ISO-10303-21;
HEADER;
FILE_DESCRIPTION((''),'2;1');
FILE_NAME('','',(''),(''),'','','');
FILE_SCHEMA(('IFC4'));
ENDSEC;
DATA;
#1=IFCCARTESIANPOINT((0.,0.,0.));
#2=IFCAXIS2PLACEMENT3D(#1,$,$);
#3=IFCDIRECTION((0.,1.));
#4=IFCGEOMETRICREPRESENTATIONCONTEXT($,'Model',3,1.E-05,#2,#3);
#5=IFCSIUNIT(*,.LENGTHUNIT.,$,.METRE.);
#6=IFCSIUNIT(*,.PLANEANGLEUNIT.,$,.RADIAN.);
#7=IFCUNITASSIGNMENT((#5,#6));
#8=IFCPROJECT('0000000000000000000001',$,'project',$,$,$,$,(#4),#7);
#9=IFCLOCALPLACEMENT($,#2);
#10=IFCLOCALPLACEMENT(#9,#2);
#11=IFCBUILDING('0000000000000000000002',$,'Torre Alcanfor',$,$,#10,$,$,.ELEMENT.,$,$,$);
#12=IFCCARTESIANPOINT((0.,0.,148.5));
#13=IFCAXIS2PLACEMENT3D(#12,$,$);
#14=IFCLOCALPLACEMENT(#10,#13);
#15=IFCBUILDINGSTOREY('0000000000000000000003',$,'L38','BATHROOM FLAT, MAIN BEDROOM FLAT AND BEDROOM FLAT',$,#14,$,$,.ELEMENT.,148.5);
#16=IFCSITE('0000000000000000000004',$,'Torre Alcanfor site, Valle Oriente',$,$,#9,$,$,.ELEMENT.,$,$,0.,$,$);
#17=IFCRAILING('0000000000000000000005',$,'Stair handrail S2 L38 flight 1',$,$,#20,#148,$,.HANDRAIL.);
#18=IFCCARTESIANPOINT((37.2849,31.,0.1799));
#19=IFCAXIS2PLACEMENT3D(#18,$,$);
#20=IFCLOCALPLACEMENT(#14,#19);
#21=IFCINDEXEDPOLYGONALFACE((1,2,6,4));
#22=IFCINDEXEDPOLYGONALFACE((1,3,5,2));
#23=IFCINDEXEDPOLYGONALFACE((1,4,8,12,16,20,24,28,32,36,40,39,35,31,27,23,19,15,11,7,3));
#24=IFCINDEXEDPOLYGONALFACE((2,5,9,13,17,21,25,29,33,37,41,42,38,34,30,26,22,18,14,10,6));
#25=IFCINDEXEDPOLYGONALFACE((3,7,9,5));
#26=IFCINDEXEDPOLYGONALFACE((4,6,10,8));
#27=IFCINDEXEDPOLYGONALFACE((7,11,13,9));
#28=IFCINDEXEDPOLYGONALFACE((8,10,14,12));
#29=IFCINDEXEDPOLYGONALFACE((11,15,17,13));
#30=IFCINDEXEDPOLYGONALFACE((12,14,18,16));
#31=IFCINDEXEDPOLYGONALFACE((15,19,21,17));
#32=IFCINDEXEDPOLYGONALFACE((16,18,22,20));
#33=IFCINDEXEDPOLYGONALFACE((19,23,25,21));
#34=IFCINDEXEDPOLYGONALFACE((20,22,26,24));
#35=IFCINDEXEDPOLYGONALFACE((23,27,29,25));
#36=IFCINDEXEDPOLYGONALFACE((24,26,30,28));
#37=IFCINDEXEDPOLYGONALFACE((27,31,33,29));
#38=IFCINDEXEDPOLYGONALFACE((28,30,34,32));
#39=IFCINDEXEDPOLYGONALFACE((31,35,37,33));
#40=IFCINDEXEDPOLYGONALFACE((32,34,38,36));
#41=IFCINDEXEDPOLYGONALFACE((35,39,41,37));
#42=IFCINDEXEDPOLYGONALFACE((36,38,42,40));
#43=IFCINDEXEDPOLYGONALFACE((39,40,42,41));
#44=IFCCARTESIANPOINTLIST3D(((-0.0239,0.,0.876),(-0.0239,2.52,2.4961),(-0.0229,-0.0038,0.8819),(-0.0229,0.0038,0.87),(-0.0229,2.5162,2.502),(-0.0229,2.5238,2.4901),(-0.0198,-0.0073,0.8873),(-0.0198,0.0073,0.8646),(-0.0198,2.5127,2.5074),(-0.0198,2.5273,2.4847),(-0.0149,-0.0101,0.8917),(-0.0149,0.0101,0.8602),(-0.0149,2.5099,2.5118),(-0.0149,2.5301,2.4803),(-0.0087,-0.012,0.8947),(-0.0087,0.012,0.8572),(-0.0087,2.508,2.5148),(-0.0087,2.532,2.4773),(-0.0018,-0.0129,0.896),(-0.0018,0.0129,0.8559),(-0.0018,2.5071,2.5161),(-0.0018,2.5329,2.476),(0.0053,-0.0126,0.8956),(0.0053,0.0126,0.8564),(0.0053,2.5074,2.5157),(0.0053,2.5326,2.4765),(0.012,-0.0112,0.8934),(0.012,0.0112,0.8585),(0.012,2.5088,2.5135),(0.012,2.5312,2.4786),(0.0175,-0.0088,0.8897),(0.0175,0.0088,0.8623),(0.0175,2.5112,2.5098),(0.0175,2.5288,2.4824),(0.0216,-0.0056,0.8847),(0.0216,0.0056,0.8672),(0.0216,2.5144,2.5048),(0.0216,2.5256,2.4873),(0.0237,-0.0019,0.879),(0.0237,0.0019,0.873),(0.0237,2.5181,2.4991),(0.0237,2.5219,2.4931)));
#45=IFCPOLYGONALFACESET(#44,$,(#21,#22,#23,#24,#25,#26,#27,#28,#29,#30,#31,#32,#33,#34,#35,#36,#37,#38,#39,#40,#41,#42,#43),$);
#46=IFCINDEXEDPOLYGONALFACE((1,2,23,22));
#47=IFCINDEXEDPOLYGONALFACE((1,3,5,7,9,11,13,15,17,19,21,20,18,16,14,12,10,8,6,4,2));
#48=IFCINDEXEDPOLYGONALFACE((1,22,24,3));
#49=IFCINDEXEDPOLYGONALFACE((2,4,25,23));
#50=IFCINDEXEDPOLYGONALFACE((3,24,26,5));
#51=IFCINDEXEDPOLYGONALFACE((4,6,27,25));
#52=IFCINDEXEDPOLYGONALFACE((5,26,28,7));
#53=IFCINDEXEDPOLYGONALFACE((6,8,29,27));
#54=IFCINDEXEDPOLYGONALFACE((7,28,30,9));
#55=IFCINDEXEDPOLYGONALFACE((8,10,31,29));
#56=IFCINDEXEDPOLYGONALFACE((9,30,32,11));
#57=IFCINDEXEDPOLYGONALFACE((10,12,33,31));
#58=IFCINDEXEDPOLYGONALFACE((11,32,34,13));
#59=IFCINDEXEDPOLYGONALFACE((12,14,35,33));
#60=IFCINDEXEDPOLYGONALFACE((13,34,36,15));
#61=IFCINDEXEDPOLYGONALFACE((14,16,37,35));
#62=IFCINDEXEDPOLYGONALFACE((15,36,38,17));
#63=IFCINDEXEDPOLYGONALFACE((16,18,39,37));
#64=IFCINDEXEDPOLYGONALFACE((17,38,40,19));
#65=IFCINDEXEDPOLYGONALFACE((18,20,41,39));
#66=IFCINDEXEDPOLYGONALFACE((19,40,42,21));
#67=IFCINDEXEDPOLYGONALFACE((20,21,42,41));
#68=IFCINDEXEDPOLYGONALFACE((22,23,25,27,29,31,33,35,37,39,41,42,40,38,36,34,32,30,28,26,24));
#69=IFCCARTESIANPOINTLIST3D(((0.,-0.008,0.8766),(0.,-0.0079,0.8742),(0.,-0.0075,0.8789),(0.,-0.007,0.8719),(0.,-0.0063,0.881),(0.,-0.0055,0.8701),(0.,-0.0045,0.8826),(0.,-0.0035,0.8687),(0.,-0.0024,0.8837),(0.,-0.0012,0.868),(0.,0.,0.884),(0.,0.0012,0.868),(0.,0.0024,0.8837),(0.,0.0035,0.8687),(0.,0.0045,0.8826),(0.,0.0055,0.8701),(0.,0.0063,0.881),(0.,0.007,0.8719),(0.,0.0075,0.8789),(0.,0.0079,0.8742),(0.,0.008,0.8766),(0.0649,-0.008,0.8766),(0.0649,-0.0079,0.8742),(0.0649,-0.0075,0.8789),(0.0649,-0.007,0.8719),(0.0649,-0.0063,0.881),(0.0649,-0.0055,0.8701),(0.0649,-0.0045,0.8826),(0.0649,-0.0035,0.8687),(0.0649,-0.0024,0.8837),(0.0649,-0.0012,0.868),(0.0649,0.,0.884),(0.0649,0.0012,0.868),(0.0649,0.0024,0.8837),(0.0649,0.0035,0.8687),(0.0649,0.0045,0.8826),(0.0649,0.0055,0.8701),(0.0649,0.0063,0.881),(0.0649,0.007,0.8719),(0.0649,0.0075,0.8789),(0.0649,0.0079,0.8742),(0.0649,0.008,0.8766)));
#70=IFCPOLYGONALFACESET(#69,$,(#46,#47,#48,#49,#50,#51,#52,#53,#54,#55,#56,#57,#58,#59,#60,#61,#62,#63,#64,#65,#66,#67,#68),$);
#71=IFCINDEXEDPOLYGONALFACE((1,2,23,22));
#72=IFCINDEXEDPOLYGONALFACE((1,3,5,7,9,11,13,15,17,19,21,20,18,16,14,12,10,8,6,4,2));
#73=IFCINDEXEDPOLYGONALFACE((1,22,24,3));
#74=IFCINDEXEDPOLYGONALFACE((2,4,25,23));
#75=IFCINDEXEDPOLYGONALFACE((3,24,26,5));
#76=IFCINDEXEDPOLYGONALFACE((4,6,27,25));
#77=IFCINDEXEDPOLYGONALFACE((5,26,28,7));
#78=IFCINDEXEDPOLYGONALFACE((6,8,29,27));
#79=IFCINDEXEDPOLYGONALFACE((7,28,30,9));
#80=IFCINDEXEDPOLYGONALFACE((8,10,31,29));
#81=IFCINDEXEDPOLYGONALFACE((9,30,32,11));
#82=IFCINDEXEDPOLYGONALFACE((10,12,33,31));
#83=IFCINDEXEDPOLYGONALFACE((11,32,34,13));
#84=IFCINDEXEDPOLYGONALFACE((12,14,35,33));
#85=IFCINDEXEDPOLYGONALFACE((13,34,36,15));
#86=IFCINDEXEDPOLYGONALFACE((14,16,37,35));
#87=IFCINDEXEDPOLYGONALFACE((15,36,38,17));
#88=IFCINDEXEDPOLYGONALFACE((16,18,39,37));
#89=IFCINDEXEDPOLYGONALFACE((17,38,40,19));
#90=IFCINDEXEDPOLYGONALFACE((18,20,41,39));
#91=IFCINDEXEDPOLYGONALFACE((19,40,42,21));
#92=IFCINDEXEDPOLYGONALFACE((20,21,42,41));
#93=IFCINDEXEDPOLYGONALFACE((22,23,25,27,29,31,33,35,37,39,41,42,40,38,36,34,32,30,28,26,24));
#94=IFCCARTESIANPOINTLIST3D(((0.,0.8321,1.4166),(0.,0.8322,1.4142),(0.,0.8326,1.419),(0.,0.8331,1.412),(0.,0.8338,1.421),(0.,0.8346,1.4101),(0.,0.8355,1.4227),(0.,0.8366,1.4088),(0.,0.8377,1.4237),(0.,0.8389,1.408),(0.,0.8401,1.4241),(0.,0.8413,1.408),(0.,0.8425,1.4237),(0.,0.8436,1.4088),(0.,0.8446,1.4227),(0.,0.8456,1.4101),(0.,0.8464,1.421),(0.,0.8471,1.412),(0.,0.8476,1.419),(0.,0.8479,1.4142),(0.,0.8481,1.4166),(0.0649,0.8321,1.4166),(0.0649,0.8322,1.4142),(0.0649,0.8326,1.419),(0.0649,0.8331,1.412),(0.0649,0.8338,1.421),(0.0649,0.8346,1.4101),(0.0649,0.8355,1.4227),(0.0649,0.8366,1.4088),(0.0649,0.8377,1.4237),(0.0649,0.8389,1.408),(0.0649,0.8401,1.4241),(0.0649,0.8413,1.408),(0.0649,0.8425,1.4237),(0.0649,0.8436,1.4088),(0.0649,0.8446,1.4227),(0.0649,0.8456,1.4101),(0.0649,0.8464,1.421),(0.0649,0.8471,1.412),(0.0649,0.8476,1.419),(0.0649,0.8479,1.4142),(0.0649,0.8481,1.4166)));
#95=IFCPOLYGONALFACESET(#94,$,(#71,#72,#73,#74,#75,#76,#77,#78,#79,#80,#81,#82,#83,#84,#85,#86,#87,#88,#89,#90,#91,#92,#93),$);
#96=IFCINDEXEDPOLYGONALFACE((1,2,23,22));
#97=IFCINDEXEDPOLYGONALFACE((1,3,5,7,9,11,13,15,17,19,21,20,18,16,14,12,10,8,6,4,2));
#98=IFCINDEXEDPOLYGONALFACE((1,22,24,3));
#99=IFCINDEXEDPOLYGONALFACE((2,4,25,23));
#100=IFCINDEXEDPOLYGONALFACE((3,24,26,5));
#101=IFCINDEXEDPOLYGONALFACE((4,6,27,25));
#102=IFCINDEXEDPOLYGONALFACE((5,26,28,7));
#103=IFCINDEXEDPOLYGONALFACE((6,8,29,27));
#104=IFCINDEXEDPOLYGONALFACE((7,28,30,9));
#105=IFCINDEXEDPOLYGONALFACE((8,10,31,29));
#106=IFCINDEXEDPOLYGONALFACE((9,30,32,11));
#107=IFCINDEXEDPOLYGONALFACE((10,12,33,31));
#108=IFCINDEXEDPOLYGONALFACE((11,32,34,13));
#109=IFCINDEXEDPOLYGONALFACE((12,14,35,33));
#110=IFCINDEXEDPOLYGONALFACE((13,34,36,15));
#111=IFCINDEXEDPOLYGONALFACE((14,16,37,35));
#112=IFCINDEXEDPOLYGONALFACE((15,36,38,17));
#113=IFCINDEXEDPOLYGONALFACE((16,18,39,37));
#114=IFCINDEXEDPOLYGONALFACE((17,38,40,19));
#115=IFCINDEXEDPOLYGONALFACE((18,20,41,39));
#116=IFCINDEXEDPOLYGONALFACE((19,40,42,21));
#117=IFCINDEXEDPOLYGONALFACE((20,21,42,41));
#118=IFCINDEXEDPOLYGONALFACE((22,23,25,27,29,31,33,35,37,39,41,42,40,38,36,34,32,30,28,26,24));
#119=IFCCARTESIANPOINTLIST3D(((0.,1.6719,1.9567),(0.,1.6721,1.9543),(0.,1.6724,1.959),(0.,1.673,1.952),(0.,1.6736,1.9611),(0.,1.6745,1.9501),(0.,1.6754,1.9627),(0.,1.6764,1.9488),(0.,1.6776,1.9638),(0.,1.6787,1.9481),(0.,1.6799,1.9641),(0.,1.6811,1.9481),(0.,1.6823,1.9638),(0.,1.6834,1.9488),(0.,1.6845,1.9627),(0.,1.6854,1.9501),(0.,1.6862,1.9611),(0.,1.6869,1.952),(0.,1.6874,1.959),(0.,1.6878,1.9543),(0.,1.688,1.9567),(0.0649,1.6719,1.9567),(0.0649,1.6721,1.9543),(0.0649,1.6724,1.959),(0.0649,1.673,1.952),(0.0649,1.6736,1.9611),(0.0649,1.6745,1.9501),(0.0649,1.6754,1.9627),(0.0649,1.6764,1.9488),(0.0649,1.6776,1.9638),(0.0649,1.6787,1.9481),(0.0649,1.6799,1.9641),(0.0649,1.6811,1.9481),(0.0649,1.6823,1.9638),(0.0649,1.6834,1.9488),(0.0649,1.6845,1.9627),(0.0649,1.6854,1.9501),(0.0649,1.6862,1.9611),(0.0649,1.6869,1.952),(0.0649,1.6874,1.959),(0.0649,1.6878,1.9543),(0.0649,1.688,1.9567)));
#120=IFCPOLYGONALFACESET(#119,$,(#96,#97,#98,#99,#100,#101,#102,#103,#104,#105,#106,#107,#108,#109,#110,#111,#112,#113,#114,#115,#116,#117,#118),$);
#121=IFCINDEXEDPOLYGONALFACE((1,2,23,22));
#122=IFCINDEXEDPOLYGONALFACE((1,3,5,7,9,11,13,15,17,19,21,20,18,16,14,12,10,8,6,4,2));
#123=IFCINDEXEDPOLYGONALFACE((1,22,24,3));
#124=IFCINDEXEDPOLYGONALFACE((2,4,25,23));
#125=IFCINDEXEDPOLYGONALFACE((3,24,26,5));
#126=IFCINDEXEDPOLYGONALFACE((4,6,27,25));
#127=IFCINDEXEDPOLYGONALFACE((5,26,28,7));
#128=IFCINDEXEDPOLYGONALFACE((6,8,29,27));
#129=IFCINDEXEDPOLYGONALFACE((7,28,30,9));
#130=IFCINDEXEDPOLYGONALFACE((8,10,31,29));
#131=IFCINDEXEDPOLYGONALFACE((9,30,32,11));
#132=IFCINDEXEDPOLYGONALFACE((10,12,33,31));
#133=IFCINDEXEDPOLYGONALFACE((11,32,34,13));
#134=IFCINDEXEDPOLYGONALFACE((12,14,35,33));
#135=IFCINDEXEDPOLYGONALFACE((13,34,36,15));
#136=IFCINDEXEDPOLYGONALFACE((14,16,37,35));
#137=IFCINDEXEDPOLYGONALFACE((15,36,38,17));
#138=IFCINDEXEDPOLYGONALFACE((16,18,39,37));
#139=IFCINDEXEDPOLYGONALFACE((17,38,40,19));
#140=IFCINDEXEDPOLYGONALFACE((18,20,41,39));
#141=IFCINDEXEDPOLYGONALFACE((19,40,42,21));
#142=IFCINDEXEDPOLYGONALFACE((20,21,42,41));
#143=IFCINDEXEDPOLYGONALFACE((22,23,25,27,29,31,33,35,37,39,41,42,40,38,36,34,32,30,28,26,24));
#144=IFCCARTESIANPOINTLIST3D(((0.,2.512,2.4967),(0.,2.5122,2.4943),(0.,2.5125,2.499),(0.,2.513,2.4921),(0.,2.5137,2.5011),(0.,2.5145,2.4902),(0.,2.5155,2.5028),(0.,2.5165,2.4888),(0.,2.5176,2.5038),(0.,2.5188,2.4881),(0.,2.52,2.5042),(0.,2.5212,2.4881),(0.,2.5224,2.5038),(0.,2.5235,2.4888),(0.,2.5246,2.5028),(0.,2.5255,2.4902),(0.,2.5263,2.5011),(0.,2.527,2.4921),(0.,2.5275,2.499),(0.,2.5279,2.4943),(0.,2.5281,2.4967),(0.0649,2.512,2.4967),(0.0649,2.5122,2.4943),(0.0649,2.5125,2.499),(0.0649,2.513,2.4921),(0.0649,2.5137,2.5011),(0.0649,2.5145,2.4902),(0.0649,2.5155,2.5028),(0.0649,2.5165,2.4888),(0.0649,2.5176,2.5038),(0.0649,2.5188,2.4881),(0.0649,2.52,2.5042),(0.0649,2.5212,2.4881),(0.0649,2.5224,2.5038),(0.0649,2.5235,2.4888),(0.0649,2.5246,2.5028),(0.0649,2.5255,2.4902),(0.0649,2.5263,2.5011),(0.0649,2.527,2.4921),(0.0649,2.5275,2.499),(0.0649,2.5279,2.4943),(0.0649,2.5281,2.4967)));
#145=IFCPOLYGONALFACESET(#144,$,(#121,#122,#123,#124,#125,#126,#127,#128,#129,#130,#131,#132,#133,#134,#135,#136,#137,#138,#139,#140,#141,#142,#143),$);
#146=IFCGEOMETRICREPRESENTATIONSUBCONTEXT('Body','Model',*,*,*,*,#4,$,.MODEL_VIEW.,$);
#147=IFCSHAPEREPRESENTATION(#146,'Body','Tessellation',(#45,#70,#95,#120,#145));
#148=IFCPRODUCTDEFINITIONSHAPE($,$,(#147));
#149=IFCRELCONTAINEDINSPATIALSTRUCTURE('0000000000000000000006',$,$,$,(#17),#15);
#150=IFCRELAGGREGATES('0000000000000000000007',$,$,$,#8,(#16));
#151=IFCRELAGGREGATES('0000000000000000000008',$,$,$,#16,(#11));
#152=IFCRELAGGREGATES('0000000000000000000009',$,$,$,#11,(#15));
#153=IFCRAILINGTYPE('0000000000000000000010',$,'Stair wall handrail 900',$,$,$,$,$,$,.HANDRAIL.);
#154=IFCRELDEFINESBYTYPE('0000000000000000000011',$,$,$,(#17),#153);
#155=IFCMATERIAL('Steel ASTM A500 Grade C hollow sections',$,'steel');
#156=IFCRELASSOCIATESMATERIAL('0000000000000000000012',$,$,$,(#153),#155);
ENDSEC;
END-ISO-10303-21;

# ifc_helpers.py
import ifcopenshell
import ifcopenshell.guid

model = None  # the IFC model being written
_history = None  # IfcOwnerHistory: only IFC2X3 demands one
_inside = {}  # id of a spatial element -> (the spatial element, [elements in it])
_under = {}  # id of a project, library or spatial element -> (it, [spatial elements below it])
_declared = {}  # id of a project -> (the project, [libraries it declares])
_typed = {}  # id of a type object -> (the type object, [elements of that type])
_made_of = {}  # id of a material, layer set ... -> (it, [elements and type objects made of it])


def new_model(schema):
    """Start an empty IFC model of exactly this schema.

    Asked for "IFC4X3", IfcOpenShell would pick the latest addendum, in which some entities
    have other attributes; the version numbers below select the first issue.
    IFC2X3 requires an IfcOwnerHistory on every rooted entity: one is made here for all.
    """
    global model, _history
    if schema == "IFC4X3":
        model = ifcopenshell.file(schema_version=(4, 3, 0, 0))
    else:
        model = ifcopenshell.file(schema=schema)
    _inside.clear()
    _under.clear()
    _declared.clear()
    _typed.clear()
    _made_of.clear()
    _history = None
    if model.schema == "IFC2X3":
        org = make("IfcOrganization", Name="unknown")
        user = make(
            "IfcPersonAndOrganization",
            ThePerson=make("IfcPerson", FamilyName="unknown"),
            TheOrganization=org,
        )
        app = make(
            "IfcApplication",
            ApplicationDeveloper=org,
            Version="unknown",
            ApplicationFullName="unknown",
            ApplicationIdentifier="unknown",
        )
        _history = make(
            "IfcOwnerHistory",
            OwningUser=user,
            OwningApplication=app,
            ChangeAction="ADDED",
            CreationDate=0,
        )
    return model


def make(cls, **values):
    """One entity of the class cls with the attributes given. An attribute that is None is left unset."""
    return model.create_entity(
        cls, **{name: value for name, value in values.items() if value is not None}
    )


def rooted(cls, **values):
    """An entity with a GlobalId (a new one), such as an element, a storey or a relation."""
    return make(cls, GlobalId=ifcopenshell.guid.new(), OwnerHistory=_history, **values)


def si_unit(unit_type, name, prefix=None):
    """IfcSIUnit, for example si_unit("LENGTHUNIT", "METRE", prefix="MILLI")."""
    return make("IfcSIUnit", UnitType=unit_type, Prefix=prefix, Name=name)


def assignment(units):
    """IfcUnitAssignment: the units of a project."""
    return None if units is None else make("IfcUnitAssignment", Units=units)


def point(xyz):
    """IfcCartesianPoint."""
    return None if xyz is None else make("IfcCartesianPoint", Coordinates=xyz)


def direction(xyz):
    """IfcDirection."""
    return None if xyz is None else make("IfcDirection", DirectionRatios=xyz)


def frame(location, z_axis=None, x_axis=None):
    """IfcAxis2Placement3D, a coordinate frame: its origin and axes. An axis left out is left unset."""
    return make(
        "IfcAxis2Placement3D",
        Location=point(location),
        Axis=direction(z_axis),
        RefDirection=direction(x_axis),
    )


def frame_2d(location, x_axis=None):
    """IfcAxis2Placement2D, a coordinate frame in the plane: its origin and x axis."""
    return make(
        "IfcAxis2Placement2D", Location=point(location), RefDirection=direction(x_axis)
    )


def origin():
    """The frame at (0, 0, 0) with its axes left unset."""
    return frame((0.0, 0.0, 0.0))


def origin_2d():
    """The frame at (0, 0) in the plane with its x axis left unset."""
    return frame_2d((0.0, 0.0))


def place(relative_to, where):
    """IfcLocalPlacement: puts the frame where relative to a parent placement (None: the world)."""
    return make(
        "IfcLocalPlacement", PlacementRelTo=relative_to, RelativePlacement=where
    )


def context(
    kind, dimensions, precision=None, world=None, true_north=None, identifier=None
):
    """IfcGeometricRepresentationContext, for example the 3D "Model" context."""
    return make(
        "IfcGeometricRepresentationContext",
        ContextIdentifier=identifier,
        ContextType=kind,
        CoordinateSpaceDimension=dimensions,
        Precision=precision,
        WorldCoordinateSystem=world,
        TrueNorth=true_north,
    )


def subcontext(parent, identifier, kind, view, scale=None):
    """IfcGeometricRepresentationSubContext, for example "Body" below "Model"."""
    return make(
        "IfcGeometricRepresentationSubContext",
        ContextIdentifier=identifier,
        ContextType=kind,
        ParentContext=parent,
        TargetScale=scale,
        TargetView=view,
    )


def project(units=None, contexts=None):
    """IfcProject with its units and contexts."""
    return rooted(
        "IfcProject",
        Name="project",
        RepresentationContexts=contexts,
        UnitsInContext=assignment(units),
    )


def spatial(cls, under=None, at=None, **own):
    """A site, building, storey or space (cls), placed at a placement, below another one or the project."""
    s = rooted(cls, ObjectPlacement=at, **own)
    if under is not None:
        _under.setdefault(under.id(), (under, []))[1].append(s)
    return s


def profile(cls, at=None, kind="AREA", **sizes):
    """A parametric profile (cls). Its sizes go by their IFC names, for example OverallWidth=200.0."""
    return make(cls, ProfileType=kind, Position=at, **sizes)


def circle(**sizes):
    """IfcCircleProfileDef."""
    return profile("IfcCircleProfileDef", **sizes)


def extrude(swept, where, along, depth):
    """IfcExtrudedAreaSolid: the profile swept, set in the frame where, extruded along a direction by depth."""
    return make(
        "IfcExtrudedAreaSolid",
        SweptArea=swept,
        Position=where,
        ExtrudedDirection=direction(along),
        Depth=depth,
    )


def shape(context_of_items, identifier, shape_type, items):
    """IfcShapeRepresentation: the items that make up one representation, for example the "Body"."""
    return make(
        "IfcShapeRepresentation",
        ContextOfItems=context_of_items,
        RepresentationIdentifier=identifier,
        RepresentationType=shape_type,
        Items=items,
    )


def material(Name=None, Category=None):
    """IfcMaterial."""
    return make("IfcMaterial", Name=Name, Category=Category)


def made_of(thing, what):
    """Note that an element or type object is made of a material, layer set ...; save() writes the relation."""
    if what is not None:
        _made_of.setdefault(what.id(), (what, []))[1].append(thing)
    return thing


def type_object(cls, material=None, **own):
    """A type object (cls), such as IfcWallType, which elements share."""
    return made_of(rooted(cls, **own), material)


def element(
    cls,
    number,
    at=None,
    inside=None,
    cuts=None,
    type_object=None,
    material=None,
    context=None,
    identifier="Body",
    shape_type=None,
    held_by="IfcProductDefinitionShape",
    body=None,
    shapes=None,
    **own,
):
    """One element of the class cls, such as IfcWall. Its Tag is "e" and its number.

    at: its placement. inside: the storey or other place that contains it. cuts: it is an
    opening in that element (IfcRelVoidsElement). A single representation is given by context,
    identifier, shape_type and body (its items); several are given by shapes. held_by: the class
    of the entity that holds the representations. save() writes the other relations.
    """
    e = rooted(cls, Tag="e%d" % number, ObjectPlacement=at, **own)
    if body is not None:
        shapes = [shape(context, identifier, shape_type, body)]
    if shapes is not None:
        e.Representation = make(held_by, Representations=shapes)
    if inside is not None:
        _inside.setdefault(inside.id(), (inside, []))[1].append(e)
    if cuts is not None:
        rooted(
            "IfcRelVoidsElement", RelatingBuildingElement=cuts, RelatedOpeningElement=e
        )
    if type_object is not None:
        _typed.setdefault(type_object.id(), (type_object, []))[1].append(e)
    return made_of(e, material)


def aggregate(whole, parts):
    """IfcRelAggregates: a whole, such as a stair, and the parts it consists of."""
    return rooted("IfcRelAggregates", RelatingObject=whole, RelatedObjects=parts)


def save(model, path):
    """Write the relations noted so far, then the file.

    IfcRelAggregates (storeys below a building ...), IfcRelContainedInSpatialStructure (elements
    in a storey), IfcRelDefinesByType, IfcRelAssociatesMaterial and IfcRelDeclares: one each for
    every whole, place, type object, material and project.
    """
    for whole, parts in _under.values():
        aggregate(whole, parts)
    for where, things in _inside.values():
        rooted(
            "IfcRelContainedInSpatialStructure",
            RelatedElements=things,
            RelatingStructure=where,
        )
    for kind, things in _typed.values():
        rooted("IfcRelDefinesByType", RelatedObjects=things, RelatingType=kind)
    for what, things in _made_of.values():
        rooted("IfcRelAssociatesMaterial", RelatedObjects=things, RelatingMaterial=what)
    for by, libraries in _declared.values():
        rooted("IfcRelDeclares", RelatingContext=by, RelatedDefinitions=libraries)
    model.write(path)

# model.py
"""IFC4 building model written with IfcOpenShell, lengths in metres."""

from ifc_helpers import new_model, si_unit, direction, frame, origin, origin_2d, place, context, subcontext, project, spatial, circle, extrude, material, type_object, element, save


model = new_model("IFC4")

# Units and contexts
model_context = context("Model", 3, precision=1e-05, world=origin(), true_north=direction((0.0, 1.0)))
body_context = subcontext(model_context, "Body", "Model", "MODEL_VIEW")
ifc_project = project(units=[si_unit("LENGTHUNIT", "METRE"), si_unit("PLANEANGLEUNIT", "RADIAN")], contexts=[model_context])

# Site, building, storey
site_placement = place(None, origin())
site = spatial("IfcSite", under=ifc_project, at=site_placement, Name="Torre Alcanfor site, Valle Oriente", CompositionType="ELEMENT", RefElevation=0.0)
building_placement = place(site_placement, origin())
building = spatial("IfcBuilding", under=site, at=building_placement, Name="Torre Alcanfor", CompositionType="ELEMENT")
storey_placement = place(building_placement, frame((0.0, 0.0, 148.5)))
storey = spatial("IfcBuildingStorey", under=building, at=storey_placement, Name="L38", Description="BATHROOM FLAT, MAIN BEDROOM FLAT AND BEDROOM FLAT", CompositionType="ELEMENT", Elevation=148.5)

# Railing
ifc_material_1 = material(Name="Steel ASTM A500 Grade C hollow sections", Category="steel")
railing_type_1 = type_object("IfcRailingType", Name="Stair wall handrail 900", PredefinedType="HANDRAIL", material=ifc_material_1)
railing_1_placement = place(storey_placement, frame((37.2849, 31.0, 0.1799)))
element("IfcRailing", 1, at=railing_1_placement, inside=storey, type_object=railing_type_1, Name="Stair handrail S2 L38 flight 1", PredefinedType="HANDRAIL", context=body_context, shape_type="SweptSolid", body=[
    extrude(circle(Radius=0.0239, at=origin_2d()), frame((0.0, 0.0, 0.876), z_axis=(0.0, 0.841163, 0.540782), x_axis=(-1.0, 0.0, 0.0)), (0.0, 0.0, 1.0), 2.9958),
    extrude(circle(Radius=0.0081, at=origin_2d()), frame((0.0, 0.0, 0.876), z_axis=(1.0, 0.0, 0.0), x_axis=(0.0, 0.0, 1.0)), (0.0, 0.0, 1.0), 0.0649),
    extrude(circle(Radius=0.0081, at=origin_2d()), frame((0.0, 0.8401, 1.416), z_axis=(1.0, 0.0, 0.0), x_axis=(0.0, 0.0, 1.0)), (0.0, 0.0, 1.0), 0.0649),
    extrude(circle(Radius=0.0081, at=origin_2d()), frame((0.0, 1.6799, 1.9561), z_axis=(1.0, 0.0, 0.0), x_axis=(0.0, 0.0, 1.0)), (0.0, 0.0, 1.0), 0.0649),
    extrude(circle(Radius=0.0081, at=origin_2d()), frame((0.0, 2.52, 2.4961), z_axis=(1.0, 0.0, 0.0), x_axis=(0.0, 0.0, 1.0)), (0.0, 0.0, 1.0), 0.0649),
])

save(model, "model.ifc")
